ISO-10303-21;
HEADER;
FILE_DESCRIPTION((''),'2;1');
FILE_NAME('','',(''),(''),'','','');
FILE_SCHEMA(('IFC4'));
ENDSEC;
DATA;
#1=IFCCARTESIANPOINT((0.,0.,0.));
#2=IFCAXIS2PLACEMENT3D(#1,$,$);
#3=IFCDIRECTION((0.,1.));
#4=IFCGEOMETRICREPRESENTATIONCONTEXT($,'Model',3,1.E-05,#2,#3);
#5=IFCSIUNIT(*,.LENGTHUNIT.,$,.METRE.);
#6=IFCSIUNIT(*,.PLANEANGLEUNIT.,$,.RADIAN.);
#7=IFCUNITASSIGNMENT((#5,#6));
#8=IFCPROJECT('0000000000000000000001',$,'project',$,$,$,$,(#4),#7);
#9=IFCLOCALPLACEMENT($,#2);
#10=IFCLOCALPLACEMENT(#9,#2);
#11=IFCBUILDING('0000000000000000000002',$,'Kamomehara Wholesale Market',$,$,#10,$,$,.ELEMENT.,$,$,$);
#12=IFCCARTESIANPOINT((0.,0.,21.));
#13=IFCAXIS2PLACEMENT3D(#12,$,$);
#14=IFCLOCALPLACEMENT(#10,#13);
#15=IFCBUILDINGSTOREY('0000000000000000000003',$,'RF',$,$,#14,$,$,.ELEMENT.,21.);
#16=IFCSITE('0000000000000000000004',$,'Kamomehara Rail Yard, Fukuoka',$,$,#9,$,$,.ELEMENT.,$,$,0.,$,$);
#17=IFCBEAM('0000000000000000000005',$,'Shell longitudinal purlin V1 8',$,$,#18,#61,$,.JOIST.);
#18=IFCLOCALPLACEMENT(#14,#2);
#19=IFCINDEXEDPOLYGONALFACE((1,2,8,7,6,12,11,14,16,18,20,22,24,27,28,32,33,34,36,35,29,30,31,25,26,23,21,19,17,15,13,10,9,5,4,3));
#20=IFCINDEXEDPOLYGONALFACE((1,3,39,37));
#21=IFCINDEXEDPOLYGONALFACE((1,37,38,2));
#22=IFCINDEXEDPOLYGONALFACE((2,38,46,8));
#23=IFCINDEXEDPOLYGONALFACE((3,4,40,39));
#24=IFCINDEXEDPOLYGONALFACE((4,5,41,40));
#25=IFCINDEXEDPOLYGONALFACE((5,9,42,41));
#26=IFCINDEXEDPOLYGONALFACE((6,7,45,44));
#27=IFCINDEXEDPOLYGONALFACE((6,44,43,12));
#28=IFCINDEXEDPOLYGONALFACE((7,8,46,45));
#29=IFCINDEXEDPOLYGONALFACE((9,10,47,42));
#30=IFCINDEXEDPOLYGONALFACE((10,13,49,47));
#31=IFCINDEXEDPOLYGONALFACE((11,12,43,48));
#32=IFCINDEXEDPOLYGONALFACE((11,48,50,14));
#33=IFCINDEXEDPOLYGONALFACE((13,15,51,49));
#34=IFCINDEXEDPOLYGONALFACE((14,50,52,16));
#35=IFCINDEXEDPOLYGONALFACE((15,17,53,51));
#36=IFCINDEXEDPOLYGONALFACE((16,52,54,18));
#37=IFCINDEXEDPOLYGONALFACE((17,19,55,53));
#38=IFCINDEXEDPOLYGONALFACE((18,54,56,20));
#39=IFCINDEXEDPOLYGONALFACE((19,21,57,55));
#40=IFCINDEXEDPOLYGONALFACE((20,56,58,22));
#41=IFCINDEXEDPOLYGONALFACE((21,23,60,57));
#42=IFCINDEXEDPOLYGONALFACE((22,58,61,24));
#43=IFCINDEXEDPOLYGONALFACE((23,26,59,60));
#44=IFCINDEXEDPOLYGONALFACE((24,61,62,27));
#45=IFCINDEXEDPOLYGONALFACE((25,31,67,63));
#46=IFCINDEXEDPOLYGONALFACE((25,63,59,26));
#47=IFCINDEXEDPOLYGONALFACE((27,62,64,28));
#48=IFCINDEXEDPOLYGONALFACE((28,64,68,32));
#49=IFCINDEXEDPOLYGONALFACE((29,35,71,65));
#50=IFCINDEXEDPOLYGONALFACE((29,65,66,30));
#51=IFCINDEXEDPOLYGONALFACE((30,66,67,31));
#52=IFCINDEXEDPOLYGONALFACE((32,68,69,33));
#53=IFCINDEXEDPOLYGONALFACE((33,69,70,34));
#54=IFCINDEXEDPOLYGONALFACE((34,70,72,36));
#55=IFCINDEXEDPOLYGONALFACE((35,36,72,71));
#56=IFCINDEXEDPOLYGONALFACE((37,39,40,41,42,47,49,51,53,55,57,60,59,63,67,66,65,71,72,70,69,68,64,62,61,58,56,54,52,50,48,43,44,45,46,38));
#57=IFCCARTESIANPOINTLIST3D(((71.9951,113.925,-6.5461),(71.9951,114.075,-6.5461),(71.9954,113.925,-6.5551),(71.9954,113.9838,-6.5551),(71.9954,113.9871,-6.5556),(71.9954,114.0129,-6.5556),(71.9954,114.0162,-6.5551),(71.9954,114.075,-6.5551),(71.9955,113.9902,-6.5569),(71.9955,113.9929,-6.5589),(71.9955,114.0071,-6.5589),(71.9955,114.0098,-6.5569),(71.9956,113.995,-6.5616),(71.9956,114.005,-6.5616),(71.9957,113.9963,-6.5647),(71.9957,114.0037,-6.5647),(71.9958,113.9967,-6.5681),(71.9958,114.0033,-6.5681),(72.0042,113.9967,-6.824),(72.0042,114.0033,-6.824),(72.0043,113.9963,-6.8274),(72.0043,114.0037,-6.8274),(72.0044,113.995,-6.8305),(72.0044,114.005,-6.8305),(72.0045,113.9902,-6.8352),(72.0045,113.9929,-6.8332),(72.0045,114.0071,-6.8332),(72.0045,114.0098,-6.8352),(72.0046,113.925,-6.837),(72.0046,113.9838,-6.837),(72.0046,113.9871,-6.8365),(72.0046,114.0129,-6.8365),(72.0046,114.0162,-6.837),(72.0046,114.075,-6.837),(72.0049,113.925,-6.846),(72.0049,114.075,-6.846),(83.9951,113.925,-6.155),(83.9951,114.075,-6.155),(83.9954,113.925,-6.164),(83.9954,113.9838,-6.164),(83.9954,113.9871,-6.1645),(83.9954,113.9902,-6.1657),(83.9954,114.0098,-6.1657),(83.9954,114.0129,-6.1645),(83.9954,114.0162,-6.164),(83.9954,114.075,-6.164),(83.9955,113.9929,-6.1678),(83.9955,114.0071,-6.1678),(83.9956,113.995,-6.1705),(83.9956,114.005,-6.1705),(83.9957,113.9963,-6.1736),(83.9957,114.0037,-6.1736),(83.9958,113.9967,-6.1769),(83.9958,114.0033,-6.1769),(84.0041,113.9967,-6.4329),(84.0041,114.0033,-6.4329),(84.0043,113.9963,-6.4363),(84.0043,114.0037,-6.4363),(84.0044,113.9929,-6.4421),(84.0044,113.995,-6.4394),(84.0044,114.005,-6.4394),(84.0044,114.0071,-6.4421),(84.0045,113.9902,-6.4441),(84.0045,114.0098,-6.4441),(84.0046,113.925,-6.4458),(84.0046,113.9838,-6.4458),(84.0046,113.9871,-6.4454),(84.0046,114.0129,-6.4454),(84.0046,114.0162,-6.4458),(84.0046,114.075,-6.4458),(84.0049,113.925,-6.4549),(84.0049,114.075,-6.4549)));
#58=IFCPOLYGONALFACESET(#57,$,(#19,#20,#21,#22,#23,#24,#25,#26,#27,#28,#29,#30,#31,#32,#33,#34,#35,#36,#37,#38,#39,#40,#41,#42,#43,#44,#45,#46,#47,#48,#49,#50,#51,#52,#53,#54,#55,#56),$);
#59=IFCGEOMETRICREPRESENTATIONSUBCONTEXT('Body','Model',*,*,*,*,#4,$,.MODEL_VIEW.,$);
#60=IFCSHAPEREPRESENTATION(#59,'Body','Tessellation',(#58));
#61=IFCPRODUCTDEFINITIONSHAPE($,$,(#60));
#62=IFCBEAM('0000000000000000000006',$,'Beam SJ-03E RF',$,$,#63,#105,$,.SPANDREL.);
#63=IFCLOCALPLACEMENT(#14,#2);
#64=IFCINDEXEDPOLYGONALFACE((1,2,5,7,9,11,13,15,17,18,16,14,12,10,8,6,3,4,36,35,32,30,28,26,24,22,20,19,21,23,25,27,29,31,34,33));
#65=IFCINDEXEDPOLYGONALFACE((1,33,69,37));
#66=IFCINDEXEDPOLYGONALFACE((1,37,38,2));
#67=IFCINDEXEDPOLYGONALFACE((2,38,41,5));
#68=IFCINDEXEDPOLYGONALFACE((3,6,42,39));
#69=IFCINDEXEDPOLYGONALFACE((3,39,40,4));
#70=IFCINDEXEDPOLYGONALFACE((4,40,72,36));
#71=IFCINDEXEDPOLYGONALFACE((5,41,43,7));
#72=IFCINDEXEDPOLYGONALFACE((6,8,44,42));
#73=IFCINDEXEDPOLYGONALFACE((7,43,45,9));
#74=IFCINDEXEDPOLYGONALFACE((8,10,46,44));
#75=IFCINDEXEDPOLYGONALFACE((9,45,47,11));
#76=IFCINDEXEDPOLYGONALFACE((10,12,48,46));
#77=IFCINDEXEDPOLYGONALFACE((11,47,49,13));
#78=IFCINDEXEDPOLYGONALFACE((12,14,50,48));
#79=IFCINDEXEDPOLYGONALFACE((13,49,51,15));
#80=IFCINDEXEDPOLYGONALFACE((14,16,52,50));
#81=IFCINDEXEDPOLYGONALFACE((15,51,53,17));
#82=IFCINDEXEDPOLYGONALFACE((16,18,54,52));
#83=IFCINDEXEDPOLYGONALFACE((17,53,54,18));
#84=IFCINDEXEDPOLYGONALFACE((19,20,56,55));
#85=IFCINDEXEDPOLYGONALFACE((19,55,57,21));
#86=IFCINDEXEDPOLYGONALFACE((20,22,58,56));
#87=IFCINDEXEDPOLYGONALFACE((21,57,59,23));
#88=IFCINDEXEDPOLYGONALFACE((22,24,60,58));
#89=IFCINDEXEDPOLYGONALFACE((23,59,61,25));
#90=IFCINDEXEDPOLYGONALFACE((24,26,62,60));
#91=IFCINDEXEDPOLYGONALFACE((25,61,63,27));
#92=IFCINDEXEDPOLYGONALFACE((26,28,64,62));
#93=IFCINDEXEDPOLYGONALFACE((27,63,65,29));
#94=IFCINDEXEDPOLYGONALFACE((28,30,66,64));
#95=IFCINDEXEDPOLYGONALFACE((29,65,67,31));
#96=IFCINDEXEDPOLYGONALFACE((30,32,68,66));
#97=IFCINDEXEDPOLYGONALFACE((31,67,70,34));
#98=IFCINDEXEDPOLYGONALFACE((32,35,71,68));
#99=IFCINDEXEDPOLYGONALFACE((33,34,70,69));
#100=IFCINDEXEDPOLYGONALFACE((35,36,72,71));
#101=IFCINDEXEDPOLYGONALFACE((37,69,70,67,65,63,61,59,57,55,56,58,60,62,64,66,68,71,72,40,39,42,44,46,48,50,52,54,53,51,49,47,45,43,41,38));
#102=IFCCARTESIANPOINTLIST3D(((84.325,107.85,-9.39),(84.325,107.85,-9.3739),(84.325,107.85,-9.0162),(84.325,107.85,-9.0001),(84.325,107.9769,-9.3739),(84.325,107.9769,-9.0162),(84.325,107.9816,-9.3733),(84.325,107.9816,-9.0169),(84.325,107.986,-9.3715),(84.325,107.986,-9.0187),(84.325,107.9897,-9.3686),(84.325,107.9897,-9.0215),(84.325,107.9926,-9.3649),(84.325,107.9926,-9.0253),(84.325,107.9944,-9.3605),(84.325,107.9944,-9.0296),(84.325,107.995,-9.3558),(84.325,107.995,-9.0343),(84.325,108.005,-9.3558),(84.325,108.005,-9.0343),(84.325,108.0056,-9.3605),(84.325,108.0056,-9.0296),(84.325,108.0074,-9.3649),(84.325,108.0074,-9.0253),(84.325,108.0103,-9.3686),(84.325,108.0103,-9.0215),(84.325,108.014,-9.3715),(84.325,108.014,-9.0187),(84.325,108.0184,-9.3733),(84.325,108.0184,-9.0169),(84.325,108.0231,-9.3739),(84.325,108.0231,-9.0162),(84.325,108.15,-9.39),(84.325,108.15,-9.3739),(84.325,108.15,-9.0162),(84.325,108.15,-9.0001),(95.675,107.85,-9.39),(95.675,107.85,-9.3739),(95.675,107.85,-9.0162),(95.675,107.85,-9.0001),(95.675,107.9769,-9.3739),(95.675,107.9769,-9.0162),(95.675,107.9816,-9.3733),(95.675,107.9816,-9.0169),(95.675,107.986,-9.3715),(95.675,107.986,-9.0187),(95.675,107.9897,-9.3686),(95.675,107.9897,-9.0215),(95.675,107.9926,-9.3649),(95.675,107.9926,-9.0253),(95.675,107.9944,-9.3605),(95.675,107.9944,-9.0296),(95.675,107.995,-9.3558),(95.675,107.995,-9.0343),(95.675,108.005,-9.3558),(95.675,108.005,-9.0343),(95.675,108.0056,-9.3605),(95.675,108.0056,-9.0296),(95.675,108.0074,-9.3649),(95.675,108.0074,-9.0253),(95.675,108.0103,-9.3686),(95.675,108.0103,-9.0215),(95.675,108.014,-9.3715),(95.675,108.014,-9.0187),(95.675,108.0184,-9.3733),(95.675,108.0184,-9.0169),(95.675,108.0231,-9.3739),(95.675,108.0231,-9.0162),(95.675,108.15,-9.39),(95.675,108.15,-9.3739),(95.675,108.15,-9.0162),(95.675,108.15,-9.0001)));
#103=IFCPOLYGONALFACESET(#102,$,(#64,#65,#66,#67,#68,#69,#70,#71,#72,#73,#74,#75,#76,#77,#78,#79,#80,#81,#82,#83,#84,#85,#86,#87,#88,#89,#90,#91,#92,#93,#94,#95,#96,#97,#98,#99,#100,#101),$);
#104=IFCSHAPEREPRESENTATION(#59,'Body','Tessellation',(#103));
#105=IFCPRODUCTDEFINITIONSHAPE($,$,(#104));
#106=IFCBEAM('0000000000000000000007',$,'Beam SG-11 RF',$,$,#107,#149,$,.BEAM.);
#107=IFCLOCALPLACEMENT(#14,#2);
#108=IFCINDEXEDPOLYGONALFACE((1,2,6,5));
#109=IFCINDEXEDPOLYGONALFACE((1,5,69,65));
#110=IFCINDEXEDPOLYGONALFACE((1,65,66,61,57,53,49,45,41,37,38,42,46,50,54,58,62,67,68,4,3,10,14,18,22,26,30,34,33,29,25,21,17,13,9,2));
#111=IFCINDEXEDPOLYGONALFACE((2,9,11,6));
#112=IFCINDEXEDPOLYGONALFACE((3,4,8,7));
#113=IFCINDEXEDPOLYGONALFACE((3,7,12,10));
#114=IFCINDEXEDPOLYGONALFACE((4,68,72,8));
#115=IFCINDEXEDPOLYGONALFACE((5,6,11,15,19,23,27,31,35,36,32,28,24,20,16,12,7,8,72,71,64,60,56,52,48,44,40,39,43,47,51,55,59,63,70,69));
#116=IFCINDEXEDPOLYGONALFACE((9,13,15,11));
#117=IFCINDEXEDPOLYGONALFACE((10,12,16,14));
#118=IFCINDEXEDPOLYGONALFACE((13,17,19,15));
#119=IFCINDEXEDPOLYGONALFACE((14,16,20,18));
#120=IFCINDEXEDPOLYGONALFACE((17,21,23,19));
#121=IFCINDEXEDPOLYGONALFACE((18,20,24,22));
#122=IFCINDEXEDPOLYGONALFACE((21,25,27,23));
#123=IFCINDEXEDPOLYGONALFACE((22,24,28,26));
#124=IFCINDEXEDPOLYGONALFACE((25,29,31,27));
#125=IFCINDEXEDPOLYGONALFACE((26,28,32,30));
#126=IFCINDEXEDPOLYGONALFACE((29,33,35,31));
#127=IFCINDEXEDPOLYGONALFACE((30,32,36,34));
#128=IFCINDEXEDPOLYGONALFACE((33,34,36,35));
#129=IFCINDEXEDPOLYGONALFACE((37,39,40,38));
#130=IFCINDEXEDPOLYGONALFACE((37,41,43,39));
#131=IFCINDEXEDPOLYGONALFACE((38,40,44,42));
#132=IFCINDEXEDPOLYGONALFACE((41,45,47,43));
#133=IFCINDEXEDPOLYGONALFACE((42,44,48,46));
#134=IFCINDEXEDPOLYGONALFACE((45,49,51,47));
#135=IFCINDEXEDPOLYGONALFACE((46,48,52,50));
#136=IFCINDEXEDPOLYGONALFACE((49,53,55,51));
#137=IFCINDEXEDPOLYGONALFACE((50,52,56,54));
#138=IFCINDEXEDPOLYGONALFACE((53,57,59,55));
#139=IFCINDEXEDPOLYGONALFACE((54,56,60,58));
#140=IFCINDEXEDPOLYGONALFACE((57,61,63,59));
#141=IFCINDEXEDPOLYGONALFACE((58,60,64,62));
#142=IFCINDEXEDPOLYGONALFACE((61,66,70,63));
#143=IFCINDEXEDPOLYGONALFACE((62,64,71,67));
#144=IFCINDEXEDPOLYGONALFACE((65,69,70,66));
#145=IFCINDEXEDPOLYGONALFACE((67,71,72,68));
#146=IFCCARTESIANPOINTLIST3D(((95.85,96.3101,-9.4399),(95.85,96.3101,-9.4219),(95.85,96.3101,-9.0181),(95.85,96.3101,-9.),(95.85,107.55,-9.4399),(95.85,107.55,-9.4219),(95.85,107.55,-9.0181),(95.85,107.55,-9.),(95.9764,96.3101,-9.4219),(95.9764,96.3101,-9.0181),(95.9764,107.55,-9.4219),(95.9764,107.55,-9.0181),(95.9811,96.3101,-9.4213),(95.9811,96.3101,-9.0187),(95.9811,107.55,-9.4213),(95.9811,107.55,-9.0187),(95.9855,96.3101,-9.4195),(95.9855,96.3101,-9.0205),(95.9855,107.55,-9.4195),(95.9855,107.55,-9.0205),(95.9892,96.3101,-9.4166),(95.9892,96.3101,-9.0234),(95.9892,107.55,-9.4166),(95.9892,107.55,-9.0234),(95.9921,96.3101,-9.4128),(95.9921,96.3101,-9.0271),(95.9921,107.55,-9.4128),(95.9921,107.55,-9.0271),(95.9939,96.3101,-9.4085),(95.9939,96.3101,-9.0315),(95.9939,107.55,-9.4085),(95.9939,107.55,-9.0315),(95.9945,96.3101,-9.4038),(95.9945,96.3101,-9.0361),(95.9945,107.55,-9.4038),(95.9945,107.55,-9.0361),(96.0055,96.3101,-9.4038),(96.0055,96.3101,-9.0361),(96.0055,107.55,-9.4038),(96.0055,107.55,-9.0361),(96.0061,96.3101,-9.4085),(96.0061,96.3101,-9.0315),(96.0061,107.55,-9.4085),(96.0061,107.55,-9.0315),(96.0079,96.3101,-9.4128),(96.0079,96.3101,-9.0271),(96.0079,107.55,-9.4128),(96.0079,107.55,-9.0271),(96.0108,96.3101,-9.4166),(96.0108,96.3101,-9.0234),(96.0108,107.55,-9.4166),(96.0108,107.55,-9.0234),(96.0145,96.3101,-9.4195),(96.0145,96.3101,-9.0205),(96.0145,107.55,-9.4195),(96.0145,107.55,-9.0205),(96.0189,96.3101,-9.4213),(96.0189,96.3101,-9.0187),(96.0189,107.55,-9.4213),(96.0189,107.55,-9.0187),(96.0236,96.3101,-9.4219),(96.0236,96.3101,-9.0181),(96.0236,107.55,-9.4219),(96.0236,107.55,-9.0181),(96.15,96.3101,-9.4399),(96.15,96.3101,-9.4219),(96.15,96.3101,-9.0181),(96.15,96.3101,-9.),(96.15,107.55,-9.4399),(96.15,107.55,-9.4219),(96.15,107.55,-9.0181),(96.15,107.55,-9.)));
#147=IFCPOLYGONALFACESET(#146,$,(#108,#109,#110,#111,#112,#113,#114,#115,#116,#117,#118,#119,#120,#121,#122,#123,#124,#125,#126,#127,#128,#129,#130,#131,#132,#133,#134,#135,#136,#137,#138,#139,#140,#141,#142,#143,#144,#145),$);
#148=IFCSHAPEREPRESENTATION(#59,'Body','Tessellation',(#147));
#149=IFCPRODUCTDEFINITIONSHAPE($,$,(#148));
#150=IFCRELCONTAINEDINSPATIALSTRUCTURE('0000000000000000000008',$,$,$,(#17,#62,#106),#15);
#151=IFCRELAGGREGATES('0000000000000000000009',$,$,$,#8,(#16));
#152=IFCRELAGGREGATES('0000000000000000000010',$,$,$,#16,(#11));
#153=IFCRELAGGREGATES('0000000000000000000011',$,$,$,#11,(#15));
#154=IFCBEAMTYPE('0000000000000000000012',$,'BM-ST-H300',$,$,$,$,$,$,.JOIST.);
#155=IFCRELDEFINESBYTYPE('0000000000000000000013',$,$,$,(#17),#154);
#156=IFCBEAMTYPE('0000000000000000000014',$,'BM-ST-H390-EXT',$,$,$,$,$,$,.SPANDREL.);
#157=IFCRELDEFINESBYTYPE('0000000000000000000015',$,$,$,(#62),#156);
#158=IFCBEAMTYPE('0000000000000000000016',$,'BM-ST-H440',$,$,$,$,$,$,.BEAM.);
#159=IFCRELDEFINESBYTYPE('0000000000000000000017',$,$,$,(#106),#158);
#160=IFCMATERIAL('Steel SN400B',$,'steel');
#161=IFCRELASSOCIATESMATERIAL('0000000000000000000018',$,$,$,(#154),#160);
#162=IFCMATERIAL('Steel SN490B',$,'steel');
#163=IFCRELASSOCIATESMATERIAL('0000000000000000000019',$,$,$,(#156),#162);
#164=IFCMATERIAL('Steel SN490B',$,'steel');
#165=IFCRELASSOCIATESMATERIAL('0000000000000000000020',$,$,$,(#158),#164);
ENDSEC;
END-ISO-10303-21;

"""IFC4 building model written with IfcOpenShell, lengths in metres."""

from ifc_helpers import new_model, si_unit, direction, frame, origin, origin_2d, place, context, subcontext, project, spatial, i_section, extrude, material, material_profile, profile_set, type_object, element, save


model = new_model("IFC4")

# Units and contexts
model_context = context("Model", 3, precision=1e-05, world=origin(), true_north=direction((0.0, 1.0)))
body_context = subcontext(model_context, "Body", "Model", "MODEL_VIEW")
ifc_project = project(units=[si_unit("LENGTHUNIT", "METRE"), si_unit("PLANEANGLEUNIT", "RADIAN")], contexts=[model_context])

# Site, building, storey
site_placement = place(None, origin())
site = spatial("IfcSite", under=ifc_project, at=site_placement, Name="Kamomehara Rail Yard, Fukuoka", CompositionType="ELEMENT", RefElevation=0.0)
building_placement = place(site_placement, origin())
building = spatial("IfcBuilding", under=site, at=building_placement, Name="Kamomehara Wholesale Market", CompositionType="ELEMENT")
storey_placement = place(building_placement, frame((0.0, 0.0, 21.0)))
storey = spatial("IfcBuildingStorey", under=building, at=storey_placement, Name="RF", CompositionType="ELEMENT", Elevation=21.0)

# Beams
ifc_material_1 = material(Name="Steel SN400B", Category="steel")
ifc_material_profile_1 = material_profile(ifc_material_1, i_section(OverallWidth=0.1499, OverallDepth=0.3, WebThickness=0.0066, FlangeThickness=0.009, FilletRadius=0.0129, at=origin_2d()), Name="H-300x150x6.5x9")
ifc_profile_set_1 = profile_set([ifc_material_profile_1], Name="Steel SN400B")
beam_type_1 = type_object("IfcBeamType", Name="BM-ST-H300", PredefinedType="JOIST", material=ifc_profile_set_1)
beam_1_placement = place(storey_placement, frame((72.0, 114.0, -6.696), z_axis=(0.999469, 0.0, 0.032575), x_axis=(0.0, 1.0, 0.0)))
element("IfcBeam", 1, at=beam_1_placement, inside=storey, type_object=beam_type_1, Name="Shell longitudinal purlin V1 8", PredefinedType="JOIST", context=body_context, shape_type="SweptSolid", body=[
    extrude(i_section(OverallWidth=0.1499, OverallDepth=0.3, WebThickness=0.0066, FlangeThickness=0.009, FilletRadius=0.0129, at=origin_2d()), origin(), (0.0, 0.0, 1.0), 12.0063),
])
ifc_material_2 = material(Name="Steel SN490B", Category="steel")
ifc_material_profile_2 = material_profile(ifc_material_2, i_section(OverallWidth=0.3, OverallDepth=0.3899, WebThickness=0.01, FlangeThickness=0.0161, FilletRadius=0.0181, at=origin_2d()), Name="H-390x300x10x16")
ifc_profile_set_2 = profile_set([ifc_material_profile_2], Name="Steel SN490B")
beam_type_2 = type_object("IfcBeamType", Name="BM-ST-H390-EXT", PredefinedType="SPANDREL", material=ifc_profile_set_2)
beam_2_placement = place(storey_placement, frame((84.325, 108.0, -9.1951), z_axis=(1.0, 0.0, 0.0), x_axis=(0.0, 1.0, 0.0)))
element("IfcBeam", 2, at=beam_2_placement, inside=storey, type_object=beam_type_2, Name="Beam SJ-03E RF", PredefinedType="SPANDREL", context=body_context, shape_type="SweptSolid", body=[
    extrude(i_section(OverallWidth=0.3, OverallDepth=0.3899, WebThickness=0.01, FlangeThickness=0.0161, FilletRadius=0.0181, at=origin_2d()), origin(), (0.0, 0.0, 1.0), 11.3501),
])
ifc_material_3 = material(Name="Steel SN490B", Category="steel")
ifc_material_profile_3 = material_profile(ifc_material_3, i_section(OverallWidth=0.3, OverallDepth=0.4399, WebThickness=0.011, FlangeThickness=0.0181, FilletRadius=0.0181, at=origin_2d()), Name="H-440x300x11x18")
ifc_profile_set_3 = profile_set([ifc_material_profile_3], Name="Steel SN490B")
beam_type_3 = type_object("IfcBeamType", Name="BM-ST-H440", PredefinedType="BEAM", material=ifc_profile_set_3)
beam_3_placement = place(storey_placement, frame((96.0, 96.3101, -9.22), z_axis=(0.0, 1.0, 0.0), x_axis=(-1.0, 0.0, 0.0)))
element("IfcBeam", 3, at=beam_3_placement, inside=storey, type_object=beam_type_3, Name="Beam SG-11 RF", PredefinedType="BEAM", context=body_context, shape_type="SweptSolid", body=[
    extrude(i_section(OverallWidth=0.3, OverallDepth=0.4399, WebThickness=0.011, FlangeThickness=0.0181, FilletRadius=0.0181, at=origin_2d()), origin(), (0.0, 0.0, 1.0), 11.24),
])

save(model, "model.ifc")
